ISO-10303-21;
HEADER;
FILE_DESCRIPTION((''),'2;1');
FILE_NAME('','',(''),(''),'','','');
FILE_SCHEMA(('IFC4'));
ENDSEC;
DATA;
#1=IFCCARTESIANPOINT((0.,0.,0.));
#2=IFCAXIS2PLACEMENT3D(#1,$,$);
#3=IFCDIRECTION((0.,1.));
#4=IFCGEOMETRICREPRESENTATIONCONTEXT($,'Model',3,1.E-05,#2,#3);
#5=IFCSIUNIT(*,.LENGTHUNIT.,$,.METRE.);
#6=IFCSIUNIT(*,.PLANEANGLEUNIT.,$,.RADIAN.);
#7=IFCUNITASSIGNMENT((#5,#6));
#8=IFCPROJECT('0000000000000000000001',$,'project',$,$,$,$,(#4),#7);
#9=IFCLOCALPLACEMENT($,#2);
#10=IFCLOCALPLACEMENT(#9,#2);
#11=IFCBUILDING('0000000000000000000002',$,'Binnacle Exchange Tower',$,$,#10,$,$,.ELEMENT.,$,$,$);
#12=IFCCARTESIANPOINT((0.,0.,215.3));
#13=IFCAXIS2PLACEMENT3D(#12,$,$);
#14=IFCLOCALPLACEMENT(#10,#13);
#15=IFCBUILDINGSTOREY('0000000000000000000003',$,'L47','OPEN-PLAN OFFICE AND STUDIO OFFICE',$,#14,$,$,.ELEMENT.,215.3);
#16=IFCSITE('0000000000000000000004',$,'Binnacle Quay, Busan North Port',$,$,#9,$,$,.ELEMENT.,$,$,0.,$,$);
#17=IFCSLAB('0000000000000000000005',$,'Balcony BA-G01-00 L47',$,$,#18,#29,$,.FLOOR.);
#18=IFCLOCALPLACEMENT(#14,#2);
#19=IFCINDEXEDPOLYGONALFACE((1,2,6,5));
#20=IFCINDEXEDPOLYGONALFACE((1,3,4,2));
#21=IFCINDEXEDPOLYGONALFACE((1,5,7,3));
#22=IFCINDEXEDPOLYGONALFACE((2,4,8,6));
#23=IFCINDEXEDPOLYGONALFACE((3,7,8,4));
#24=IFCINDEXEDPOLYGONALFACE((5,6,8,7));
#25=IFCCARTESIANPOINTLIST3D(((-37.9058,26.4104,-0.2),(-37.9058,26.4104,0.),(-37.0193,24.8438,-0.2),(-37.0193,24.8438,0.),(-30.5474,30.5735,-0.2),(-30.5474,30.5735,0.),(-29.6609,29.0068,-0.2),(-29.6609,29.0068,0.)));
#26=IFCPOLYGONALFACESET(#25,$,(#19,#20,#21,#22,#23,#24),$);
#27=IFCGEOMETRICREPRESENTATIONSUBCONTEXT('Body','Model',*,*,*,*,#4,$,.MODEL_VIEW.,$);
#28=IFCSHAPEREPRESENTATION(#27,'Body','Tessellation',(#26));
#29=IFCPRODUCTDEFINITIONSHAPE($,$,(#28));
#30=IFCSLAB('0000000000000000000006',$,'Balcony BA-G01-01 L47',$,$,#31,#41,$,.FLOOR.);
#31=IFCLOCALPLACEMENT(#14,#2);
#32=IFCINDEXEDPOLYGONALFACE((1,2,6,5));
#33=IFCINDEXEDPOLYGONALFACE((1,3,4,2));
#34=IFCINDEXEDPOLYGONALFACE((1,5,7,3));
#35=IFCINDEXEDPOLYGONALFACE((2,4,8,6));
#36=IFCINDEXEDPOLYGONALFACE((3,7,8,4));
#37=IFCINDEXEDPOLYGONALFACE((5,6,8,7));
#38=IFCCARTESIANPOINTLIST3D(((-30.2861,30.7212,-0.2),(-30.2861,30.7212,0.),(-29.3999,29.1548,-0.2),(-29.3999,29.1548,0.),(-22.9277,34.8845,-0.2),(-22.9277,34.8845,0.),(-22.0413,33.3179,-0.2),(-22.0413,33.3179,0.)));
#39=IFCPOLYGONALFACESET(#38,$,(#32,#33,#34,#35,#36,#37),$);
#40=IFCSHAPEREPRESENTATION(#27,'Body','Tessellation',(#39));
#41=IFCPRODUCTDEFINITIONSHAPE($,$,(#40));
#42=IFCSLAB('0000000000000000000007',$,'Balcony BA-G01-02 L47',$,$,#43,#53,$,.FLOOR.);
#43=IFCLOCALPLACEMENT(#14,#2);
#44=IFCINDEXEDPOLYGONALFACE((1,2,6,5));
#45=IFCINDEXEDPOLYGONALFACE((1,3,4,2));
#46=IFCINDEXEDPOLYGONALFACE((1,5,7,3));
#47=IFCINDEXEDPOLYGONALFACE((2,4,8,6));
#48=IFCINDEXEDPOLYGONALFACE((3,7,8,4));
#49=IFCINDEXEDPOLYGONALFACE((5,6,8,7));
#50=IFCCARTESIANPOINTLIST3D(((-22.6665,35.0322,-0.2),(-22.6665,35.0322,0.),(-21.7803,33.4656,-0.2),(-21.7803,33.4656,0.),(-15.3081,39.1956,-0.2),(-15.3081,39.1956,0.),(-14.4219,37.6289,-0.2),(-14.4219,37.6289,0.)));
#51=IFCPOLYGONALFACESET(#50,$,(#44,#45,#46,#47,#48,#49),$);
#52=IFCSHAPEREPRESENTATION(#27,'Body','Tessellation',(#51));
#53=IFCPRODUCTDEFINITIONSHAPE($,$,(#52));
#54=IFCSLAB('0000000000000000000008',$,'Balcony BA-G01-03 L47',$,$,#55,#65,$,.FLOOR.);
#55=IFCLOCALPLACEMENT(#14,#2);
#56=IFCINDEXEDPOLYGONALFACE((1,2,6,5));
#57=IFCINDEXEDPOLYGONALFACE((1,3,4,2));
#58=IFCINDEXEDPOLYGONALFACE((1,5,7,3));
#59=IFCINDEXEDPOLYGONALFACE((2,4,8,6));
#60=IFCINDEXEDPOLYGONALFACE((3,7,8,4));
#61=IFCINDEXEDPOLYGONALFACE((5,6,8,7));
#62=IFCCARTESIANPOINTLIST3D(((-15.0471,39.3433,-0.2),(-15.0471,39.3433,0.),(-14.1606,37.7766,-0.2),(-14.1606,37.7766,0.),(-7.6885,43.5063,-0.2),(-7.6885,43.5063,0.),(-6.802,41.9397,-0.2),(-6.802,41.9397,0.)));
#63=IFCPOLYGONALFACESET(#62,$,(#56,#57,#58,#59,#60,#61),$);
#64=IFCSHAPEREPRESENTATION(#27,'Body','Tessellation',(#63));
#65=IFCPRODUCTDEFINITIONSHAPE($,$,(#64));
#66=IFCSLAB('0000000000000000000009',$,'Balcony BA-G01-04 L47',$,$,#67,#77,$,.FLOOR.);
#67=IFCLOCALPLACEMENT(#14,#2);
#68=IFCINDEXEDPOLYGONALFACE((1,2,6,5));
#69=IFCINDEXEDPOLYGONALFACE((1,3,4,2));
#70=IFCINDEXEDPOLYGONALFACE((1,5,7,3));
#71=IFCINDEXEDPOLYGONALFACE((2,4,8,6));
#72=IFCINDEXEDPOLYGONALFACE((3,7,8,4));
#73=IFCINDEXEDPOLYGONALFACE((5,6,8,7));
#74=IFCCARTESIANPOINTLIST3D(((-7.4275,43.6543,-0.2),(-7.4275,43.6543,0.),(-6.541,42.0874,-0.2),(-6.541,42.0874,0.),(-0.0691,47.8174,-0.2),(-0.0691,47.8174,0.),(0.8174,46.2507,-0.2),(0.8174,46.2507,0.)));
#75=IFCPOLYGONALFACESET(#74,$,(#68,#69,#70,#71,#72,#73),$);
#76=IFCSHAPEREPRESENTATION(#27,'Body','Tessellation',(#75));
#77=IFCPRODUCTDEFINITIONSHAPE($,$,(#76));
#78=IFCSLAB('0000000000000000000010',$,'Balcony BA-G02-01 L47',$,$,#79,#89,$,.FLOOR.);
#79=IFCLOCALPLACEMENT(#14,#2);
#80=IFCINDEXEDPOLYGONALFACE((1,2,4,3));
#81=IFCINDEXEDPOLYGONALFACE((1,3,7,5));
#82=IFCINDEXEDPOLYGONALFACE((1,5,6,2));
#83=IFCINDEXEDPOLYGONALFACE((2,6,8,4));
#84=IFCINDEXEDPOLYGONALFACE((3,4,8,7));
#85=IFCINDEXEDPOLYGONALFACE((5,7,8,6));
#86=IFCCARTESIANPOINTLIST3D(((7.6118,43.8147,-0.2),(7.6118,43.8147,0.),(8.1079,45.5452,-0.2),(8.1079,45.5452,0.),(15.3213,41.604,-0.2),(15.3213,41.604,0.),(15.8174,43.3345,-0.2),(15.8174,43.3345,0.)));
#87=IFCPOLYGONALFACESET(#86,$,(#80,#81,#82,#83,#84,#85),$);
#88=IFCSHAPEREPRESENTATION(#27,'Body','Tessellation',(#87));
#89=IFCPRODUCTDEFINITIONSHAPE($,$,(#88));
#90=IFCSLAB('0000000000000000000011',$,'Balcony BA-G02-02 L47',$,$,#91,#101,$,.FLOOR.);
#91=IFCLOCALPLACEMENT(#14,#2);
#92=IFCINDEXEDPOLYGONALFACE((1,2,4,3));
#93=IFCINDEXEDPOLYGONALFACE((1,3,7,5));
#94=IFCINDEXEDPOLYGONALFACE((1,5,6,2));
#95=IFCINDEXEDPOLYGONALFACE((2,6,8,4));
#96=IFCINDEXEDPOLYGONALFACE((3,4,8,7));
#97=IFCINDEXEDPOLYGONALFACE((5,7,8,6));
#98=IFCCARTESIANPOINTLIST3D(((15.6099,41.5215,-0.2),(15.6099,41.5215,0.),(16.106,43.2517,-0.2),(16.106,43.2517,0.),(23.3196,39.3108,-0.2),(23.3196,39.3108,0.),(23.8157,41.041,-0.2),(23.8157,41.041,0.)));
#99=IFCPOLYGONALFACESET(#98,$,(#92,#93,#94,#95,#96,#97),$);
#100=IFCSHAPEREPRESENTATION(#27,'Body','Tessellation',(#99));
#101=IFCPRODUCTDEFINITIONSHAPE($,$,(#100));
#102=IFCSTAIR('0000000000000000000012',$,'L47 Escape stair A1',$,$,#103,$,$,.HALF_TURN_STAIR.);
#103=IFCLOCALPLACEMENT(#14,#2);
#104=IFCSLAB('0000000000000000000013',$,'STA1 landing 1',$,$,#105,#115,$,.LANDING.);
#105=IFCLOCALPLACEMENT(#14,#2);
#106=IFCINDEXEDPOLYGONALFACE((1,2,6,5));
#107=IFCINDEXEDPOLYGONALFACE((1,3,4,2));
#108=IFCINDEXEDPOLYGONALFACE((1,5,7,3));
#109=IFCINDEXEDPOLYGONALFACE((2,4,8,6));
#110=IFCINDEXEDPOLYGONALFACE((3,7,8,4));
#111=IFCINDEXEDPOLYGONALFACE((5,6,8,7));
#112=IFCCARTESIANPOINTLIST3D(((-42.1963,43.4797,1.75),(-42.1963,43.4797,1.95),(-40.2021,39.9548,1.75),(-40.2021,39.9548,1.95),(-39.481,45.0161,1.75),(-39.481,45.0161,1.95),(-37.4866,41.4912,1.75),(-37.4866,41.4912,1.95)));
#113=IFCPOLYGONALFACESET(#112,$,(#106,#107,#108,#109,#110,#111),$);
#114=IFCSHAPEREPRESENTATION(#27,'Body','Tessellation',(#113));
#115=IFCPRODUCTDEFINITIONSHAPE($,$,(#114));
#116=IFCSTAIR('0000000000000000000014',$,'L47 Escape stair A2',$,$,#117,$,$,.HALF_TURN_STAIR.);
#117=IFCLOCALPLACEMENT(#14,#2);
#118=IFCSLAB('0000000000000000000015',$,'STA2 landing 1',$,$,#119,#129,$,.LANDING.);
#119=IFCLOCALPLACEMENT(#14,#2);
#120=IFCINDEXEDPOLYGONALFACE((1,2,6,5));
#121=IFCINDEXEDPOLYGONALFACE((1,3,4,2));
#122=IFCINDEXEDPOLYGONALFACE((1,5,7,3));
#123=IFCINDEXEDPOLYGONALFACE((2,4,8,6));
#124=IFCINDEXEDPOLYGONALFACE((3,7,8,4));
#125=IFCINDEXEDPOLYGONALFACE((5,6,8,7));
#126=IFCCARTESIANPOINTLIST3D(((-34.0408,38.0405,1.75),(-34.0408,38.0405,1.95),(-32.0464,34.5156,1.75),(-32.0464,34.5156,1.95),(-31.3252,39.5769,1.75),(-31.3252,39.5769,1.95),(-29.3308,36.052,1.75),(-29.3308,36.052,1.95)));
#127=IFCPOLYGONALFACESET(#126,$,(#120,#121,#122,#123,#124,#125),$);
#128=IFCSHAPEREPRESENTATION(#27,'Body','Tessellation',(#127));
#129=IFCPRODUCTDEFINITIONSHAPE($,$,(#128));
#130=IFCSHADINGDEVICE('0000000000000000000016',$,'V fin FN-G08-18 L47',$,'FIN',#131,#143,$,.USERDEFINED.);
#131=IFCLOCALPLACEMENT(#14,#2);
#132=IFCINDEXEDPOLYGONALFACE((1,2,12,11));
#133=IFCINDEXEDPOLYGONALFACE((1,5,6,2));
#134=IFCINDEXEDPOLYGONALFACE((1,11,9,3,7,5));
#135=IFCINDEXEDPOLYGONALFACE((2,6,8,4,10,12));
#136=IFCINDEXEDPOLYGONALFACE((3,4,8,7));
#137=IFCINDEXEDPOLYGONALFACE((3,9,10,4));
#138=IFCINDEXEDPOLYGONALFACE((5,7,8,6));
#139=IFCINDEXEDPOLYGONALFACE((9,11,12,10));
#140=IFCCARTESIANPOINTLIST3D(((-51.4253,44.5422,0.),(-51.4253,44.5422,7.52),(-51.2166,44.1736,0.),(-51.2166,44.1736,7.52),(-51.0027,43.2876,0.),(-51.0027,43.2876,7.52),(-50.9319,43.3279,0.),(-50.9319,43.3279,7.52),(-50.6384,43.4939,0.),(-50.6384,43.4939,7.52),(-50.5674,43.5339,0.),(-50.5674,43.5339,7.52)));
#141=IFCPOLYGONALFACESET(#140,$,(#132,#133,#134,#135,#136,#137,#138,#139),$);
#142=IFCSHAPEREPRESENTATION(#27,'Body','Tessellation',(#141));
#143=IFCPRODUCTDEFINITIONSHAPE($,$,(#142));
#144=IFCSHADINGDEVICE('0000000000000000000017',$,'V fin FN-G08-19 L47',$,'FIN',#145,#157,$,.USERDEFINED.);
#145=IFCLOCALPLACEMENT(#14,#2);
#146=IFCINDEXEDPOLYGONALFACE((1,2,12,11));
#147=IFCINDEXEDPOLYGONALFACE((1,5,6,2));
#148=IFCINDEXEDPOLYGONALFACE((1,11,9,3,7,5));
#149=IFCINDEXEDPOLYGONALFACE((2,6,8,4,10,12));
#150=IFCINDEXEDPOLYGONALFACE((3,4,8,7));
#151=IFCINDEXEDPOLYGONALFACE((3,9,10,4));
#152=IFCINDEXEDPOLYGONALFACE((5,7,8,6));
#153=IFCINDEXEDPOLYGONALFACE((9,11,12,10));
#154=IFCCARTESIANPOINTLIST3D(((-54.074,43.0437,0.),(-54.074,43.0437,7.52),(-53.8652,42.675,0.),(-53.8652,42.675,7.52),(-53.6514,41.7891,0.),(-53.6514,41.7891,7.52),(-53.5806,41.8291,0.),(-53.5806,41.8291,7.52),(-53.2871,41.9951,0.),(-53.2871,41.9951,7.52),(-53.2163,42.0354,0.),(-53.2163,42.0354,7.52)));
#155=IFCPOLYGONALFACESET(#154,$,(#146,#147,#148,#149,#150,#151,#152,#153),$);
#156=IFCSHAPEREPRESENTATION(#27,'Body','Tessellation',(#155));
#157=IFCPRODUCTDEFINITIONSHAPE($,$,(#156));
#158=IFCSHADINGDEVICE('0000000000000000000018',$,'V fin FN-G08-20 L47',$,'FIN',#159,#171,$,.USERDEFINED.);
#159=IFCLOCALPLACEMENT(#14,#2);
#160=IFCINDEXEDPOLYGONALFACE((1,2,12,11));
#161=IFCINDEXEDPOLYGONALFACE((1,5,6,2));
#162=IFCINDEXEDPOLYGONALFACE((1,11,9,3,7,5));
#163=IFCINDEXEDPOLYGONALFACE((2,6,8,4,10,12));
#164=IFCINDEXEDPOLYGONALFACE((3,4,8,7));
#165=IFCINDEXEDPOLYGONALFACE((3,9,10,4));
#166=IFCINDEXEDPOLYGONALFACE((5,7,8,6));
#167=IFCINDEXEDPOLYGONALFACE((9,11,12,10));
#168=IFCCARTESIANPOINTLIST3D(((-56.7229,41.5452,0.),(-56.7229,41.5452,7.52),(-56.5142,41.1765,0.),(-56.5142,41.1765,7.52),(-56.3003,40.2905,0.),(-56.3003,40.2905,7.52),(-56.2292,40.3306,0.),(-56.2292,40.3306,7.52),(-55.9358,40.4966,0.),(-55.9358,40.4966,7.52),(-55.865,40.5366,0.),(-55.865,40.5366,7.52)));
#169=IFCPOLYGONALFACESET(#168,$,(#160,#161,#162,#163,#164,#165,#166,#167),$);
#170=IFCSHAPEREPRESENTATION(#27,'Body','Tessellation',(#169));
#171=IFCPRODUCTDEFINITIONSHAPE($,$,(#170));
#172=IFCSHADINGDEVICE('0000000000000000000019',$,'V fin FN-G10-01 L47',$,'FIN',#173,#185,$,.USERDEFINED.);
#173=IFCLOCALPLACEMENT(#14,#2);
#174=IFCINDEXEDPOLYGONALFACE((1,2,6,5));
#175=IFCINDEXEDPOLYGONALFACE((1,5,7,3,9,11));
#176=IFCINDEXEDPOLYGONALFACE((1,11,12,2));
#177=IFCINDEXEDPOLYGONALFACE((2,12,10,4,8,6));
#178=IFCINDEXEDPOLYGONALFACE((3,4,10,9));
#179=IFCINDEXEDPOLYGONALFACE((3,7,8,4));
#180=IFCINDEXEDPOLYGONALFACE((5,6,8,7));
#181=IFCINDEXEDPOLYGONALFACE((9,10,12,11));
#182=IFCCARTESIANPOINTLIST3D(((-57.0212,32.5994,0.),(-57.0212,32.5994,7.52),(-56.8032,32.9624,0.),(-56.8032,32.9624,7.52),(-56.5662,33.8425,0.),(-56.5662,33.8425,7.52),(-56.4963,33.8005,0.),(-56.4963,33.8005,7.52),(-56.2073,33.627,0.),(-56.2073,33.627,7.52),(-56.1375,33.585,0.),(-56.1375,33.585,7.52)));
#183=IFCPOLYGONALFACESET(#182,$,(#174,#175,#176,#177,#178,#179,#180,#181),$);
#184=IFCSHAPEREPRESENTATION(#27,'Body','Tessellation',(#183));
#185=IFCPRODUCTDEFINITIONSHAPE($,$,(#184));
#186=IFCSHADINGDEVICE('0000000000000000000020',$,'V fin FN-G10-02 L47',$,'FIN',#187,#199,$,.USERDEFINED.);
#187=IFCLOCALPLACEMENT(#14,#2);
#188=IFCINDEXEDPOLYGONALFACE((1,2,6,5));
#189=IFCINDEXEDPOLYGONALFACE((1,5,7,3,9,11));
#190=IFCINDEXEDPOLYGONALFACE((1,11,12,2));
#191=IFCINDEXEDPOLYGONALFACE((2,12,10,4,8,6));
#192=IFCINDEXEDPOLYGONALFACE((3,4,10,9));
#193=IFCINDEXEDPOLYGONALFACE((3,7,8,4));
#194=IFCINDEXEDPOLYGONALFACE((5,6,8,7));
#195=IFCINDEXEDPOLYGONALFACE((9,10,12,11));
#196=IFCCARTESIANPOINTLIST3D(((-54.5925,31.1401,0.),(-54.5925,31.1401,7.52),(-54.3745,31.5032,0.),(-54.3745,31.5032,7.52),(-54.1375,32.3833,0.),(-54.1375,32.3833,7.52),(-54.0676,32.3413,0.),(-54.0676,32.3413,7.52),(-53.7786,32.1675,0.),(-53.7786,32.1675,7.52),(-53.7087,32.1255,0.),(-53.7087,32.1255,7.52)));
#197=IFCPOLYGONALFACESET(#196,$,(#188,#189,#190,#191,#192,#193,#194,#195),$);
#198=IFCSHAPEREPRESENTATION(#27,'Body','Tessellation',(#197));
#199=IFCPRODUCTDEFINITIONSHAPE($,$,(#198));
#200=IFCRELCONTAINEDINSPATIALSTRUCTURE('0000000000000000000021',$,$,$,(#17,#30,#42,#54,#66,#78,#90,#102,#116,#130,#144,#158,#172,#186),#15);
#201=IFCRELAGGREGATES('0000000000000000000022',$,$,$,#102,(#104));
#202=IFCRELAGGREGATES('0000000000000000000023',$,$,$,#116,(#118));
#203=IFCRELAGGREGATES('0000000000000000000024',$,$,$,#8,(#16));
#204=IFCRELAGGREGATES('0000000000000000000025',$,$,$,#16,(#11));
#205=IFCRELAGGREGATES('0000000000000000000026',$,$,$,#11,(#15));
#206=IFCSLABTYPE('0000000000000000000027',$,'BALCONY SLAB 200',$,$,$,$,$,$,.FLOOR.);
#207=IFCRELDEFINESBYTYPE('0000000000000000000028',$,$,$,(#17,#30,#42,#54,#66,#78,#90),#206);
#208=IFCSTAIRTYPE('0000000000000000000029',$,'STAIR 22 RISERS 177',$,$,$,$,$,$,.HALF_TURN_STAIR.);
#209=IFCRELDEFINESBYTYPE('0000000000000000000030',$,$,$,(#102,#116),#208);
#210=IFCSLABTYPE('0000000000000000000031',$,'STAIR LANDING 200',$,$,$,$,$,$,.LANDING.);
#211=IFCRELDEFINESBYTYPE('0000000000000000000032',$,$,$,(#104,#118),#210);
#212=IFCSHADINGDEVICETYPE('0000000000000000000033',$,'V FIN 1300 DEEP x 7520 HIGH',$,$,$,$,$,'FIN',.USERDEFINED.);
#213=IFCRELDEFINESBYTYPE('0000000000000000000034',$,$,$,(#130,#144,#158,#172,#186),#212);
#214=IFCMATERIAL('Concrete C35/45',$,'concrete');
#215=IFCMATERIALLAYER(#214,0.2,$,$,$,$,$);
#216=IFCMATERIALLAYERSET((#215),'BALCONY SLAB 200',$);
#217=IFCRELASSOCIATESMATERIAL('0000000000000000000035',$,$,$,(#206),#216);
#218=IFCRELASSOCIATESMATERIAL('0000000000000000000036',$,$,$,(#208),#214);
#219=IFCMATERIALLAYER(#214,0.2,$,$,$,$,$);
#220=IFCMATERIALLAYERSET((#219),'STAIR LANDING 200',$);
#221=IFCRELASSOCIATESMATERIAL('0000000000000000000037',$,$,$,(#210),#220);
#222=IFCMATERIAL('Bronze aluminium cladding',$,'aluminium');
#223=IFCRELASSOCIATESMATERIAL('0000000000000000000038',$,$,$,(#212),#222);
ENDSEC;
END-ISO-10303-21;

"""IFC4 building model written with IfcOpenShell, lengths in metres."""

from ifc_helpers import new_model, si_unit, direction, frame, origin, place, context, subcontext, project, spatial, polyline, outline, extrude, material, layer, layer_set, type_object, element, aggregate, save


model = new_model("IFC4")

# Units and contexts
model_context = context("Model", 3, precision=1e-05, world=origin(), true_north=direction((0.0, 1.0)))
body_context = subcontext(model_context, "Body", "Model", "MODEL_VIEW")
ifc_project = project(units=[si_unit("LENGTHUNIT", "METRE"), si_unit("PLANEANGLEUNIT", "RADIAN")], contexts=[model_context])

# Site, building, storey
site_placement = place(None, origin())
site = spatial("IfcSite", under=ifc_project, at=site_placement, Name="Binnacle Quay, Busan North Port", CompositionType="ELEMENT", RefElevation=0.0)
building_placement = place(site_placement, origin())
building = spatial("IfcBuilding", under=site, at=building_placement, Name="Binnacle Exchange Tower", CompositionType="ELEMENT")
storey_placement = place(building_placement, frame((0.0, 0.0, 215.3)))
storey = spatial("IfcBuildingStorey", under=building, at=storey_placement, Name="L47", Description="OPEN-PLAN OFFICE AND STUDIO OFFICE", CompositionType="ELEMENT", Elevation=215.3)

# Slabs
ifc_material_1 = material(Name="Concrete C35/45", Category="concrete")
ifc_layer_1 = layer(ifc_material_1, 0.2)
ifc_layer_set_1 = layer_set([ifc_layer_1], Name="BALCONY SLAB 200")
slab_type_1 = type_object("IfcSlabType", Name="BALCONY SLAB 200", PredefinedType="FLOOR", material=ifc_layer_set_1)
slab_1_placement = place(storey_placement, frame((0.0, 0.0, -0.2)))
element("IfcSlab", 1, at=slab_1_placement, inside=storey, type_object=slab_type_1, Name="Balcony BA-G01-00 L47", PredefinedType="FLOOR", context=body_context, shape_type="SweptSolid", body=[
    extrude(outline(polyline([(-37.9058, 26.4104), (-30.5474, 30.5735), (-29.6609, 29.0068), (-37.0193, 24.8438), (-37.9058, 26.4104)])), origin(), (0.0, 0.0, 1.0), 0.2),
])
slab_2_placement = place(storey_placement, frame((0.0, 0.0, -0.2)))
element("IfcSlab", 2, at=slab_2_placement, inside=storey, type_object=slab_type_1, Name="Balcony BA-G01-01 L47", PredefinedType="FLOOR", context=body_context, shape_type="SweptSolid", body=[
    extrude(outline(polyline([(-30.2861, 30.7212), (-22.9277, 34.8845), (-22.0413, 33.3179), (-29.3999, 29.1548), (-30.2861, 30.7212)])), origin(), (0.0, 0.0, 1.0), 0.2),
])
slab_3_placement = place(storey_placement, frame((0.0, 0.0, -0.2)))
element("IfcSlab", 3, at=slab_3_placement, inside=storey, type_object=slab_type_1, Name="Balcony BA-G01-02 L47", PredefinedType="FLOOR", context=body_context, shape_type="SweptSolid", body=[
    extrude(outline(polyline([(-22.6665, 35.0322), (-15.3081, 39.1956), (-14.4219, 37.6289), (-21.7803, 33.4656), (-22.6665, 35.0322)])), origin(), (0.0, 0.0, 1.0), 0.2),
])
slab_4_placement = place(storey_placement, frame((0.0, 0.0, -0.2)))
element("IfcSlab", 4, at=slab_4_placement, inside=storey, type_object=slab_type_1, Name="Balcony BA-G01-03 L47", PredefinedType="FLOOR", context=body_context, shape_type="SweptSolid", body=[
    extrude(outline(polyline([(-15.0471, 39.3433), (-7.6885, 43.5063), (-6.802, 41.9397), (-14.1606, 37.7766), (-15.0471, 39.3433)])), origin(), (0.0, 0.0, 1.0), 0.2),
])
slab_5_placement = place(storey_placement, frame((0.0, 0.0, -0.2)))
element("IfcSlab", 5, at=slab_5_placement, inside=storey, type_object=slab_type_1, Name="Balcony BA-G01-04 L47", PredefinedType="FLOOR", context=body_context, shape_type="SweptSolid", body=[
    extrude(outline(polyline([(-7.4275, 43.6543), (-0.0691, 47.8174), (0.8174, 46.2507), (-6.541, 42.0874), (-7.4275, 43.6543)])), origin(), (0.0, 0.0, 1.0), 0.2),
])
slab_6_placement = place(storey_placement, frame((0.0, 0.0, -0.2)))
element("IfcSlab", 6, at=slab_6_placement, inside=storey, type_object=slab_type_1, Name="Balcony BA-G02-01 L47", PredefinedType="FLOOR", context=body_context, shape_type="SweptSolid", body=[
    extrude(outline(polyline([(8.1079, 45.5452), (15.8174, 43.3345), (15.3213, 41.604), (7.6118, 43.8147), (8.1079, 45.5452)])), origin(), (0.0, 0.0, 1.0), 0.2),
])
slab_7_placement = place(storey_placement, frame((0.0, 0.0, -0.2)))
element("IfcSlab", 7, at=slab_7_placement, inside=storey, type_object=slab_type_1, Name="Balcony BA-G02-02 L47", PredefinedType="FLOOR", context=body_context, shape_type="SweptSolid", body=[
    extrude(outline(polyline([(16.106, 43.2517), (23.8157, 41.041), (23.3196, 39.3108), (15.6099, 41.5215), (16.106, 43.2517)])), origin(), (0.0, 0.0, 1.0), 0.2),
])

# Stairs, slabs
stair_type = type_object("IfcStairType", Name="STAIR 22 RISERS 177", PredefinedType="HALF_TURN_STAIR", material=ifc_material_1)
stair_1_placement = place(storey_placement, origin())
stair_1 = element("IfcStair", 8, at=stair_1_placement, inside=storey, type_object=stair_type, Name="L47 Escape stair A1", PredefinedType="HALF_TURN_STAIR")
ifc_layer_2 = layer(ifc_material_1, 0.2)
ifc_layer_set_2 = layer_set([ifc_layer_2], Name="STAIR LANDING 200")
slab_type_2 = type_object("IfcSlabType", Name="STAIR LANDING 200", PredefinedType="LANDING", material=ifc_layer_set_2)
slab_8_placement = place(storey_placement, frame((0.0, 0.0, 1.75)))
slab_8 = element("IfcSlab", 9, at=slab_8_placement, type_object=slab_type_2, Name="STA1 landing 1", PredefinedType="LANDING", context=body_context, shape_type="SweptSolid", body=[
    extrude(outline(polyline([(-40.2021, 39.9548), (-37.4866, 41.4912), (-39.481, 45.0161), (-42.1963, 43.4797), (-40.2021, 39.9548)])), origin(), (0.0, 0.0, 1.0), 0.2),
])
aggregate(stair_1, [slab_8])
stair_2_placement = place(storey_placement, origin())
stair_2 = element("IfcStair", 10, at=stair_2_placement, inside=storey, type_object=stair_type, Name="L47 Escape stair A2", PredefinedType="HALF_TURN_STAIR")
slab_9_placement = place(storey_placement, frame((0.0, 0.0, 1.75)))
slab_9 = element("IfcSlab", 11, at=slab_9_placement, type_object=slab_type_2, Name="STA2 landing 1", PredefinedType="LANDING", context=body_context, shape_type="SweptSolid", body=[
    extrude(outline(polyline([(-31.3252, 39.5769), (-34.0408, 38.0405), (-32.0464, 34.5156), (-29.3308, 36.052), (-31.3252, 39.5769)])), origin(), (0.0, 0.0, 1.0), 0.2),
])
aggregate(stair_2, [slab_9])

# Shading devices
ifc_material_2 = material(Name="Bronze aluminium cladding", Category="aluminium")
shading_device_type = type_object("IfcShadingDeviceType", Name="V FIN 1300 DEEP x 7520 HIGH", ElementType="FIN", PredefinedType="USERDEFINED", material=ifc_material_2)
shading_device_1_placement = place(storey_placement, origin())
element("IfcShadingDevice", 12, at=shading_device_1_placement, inside=storey, type_object=shading_device_type, Name="V fin FN-G08-18 L47", ObjectType="FIN", PredefinedType="USERDEFINED", context=body_context, shape_type="SweptSolid", body=[
    extrude(outline(polyline([(-50.5674, 43.5339), (-51.4253, 44.5422), (-51.0027, 43.2876), (-50.9319, 43.3279), (-51.2166, 44.1736), (-50.6384, 43.4939), (-50.5674, 43.5339)])), origin(), (0.0, 0.0, 1.0), 7.52),
])
shading_device_2_placement = place(storey_placement, origin())
element("IfcShadingDevice", 13, at=shading_device_2_placement, inside=storey, type_object=shading_device_type, Name="V fin FN-G08-19 L47", ObjectType="FIN", PredefinedType="USERDEFINED", context=body_context, shape_type="SweptSolid", body=[
    extrude(outline(polyline([(-53.2163, 42.0354), (-54.074, 43.0437), (-53.6514, 41.7891), (-53.5806, 41.8291), (-53.8652, 42.675), (-53.2871, 41.9951), (-53.2163, 42.0354)])), origin(), (0.0, 0.0, 1.0), 7.52),
])
shading_device_3_placement = place(storey_placement, origin())
element("IfcShadingDevice", 14, at=shading_device_3_placement, inside=storey, type_object=shading_device_type, Name="V fin FN-G08-20 L47", ObjectType="FIN", PredefinedType="USERDEFINED", context=body_context, shape_type="SweptSolid", body=[
    extrude(outline(polyline([(-55.865, 40.5366), (-56.7229, 41.5452), (-56.3003, 40.2905), (-56.2292, 40.3306), (-56.5142, 41.1765), (-55.9358, 40.4966), (-55.865, 40.5366)])), origin(), (0.0, 0.0, 1.0), 7.52),
])
shading_device_4_placement = place(storey_placement, origin())
element("IfcShadingDevice", 15, at=shading_device_4_placement, inside=storey, type_object=shading_device_type, Name="V fin FN-G10-01 L47", ObjectType="FIN", PredefinedType="USERDEFINED", context=body_context, shape_type="SweptSolid", body=[
    extrude(outline(polyline([(-56.5662, 33.8425), (-57.0212, 32.5994), (-56.1375, 33.585), (-56.2073, 33.627), (-56.8032, 32.9624), (-56.4963, 33.8005), (-56.5662, 33.8425)])), origin(), (0.0, 0.0, 1.0), 7.52),
])
shading_device_5_placement = place(storey_placement, origin())
element("IfcShadingDevice", 16, at=shading_device_5_placement, inside=storey, type_object=shading_device_type, Name="V fin FN-G10-02 L47", ObjectType="FIN", PredefinedType="USERDEFINED", context=body_context, shape_type="SweptSolid", body=[
    extrude(outline(polyline([(-54.1375, 32.3833), (-54.5925, 31.1401), (-53.7087, 32.1255), (-53.7786, 32.1675), (-54.3745, 31.5032), (-54.0676, 32.3413), (-54.1375, 32.3833)])), origin(), (0.0, 0.0, 1.0), 7.52),
])

save(model, "model.ifc")
